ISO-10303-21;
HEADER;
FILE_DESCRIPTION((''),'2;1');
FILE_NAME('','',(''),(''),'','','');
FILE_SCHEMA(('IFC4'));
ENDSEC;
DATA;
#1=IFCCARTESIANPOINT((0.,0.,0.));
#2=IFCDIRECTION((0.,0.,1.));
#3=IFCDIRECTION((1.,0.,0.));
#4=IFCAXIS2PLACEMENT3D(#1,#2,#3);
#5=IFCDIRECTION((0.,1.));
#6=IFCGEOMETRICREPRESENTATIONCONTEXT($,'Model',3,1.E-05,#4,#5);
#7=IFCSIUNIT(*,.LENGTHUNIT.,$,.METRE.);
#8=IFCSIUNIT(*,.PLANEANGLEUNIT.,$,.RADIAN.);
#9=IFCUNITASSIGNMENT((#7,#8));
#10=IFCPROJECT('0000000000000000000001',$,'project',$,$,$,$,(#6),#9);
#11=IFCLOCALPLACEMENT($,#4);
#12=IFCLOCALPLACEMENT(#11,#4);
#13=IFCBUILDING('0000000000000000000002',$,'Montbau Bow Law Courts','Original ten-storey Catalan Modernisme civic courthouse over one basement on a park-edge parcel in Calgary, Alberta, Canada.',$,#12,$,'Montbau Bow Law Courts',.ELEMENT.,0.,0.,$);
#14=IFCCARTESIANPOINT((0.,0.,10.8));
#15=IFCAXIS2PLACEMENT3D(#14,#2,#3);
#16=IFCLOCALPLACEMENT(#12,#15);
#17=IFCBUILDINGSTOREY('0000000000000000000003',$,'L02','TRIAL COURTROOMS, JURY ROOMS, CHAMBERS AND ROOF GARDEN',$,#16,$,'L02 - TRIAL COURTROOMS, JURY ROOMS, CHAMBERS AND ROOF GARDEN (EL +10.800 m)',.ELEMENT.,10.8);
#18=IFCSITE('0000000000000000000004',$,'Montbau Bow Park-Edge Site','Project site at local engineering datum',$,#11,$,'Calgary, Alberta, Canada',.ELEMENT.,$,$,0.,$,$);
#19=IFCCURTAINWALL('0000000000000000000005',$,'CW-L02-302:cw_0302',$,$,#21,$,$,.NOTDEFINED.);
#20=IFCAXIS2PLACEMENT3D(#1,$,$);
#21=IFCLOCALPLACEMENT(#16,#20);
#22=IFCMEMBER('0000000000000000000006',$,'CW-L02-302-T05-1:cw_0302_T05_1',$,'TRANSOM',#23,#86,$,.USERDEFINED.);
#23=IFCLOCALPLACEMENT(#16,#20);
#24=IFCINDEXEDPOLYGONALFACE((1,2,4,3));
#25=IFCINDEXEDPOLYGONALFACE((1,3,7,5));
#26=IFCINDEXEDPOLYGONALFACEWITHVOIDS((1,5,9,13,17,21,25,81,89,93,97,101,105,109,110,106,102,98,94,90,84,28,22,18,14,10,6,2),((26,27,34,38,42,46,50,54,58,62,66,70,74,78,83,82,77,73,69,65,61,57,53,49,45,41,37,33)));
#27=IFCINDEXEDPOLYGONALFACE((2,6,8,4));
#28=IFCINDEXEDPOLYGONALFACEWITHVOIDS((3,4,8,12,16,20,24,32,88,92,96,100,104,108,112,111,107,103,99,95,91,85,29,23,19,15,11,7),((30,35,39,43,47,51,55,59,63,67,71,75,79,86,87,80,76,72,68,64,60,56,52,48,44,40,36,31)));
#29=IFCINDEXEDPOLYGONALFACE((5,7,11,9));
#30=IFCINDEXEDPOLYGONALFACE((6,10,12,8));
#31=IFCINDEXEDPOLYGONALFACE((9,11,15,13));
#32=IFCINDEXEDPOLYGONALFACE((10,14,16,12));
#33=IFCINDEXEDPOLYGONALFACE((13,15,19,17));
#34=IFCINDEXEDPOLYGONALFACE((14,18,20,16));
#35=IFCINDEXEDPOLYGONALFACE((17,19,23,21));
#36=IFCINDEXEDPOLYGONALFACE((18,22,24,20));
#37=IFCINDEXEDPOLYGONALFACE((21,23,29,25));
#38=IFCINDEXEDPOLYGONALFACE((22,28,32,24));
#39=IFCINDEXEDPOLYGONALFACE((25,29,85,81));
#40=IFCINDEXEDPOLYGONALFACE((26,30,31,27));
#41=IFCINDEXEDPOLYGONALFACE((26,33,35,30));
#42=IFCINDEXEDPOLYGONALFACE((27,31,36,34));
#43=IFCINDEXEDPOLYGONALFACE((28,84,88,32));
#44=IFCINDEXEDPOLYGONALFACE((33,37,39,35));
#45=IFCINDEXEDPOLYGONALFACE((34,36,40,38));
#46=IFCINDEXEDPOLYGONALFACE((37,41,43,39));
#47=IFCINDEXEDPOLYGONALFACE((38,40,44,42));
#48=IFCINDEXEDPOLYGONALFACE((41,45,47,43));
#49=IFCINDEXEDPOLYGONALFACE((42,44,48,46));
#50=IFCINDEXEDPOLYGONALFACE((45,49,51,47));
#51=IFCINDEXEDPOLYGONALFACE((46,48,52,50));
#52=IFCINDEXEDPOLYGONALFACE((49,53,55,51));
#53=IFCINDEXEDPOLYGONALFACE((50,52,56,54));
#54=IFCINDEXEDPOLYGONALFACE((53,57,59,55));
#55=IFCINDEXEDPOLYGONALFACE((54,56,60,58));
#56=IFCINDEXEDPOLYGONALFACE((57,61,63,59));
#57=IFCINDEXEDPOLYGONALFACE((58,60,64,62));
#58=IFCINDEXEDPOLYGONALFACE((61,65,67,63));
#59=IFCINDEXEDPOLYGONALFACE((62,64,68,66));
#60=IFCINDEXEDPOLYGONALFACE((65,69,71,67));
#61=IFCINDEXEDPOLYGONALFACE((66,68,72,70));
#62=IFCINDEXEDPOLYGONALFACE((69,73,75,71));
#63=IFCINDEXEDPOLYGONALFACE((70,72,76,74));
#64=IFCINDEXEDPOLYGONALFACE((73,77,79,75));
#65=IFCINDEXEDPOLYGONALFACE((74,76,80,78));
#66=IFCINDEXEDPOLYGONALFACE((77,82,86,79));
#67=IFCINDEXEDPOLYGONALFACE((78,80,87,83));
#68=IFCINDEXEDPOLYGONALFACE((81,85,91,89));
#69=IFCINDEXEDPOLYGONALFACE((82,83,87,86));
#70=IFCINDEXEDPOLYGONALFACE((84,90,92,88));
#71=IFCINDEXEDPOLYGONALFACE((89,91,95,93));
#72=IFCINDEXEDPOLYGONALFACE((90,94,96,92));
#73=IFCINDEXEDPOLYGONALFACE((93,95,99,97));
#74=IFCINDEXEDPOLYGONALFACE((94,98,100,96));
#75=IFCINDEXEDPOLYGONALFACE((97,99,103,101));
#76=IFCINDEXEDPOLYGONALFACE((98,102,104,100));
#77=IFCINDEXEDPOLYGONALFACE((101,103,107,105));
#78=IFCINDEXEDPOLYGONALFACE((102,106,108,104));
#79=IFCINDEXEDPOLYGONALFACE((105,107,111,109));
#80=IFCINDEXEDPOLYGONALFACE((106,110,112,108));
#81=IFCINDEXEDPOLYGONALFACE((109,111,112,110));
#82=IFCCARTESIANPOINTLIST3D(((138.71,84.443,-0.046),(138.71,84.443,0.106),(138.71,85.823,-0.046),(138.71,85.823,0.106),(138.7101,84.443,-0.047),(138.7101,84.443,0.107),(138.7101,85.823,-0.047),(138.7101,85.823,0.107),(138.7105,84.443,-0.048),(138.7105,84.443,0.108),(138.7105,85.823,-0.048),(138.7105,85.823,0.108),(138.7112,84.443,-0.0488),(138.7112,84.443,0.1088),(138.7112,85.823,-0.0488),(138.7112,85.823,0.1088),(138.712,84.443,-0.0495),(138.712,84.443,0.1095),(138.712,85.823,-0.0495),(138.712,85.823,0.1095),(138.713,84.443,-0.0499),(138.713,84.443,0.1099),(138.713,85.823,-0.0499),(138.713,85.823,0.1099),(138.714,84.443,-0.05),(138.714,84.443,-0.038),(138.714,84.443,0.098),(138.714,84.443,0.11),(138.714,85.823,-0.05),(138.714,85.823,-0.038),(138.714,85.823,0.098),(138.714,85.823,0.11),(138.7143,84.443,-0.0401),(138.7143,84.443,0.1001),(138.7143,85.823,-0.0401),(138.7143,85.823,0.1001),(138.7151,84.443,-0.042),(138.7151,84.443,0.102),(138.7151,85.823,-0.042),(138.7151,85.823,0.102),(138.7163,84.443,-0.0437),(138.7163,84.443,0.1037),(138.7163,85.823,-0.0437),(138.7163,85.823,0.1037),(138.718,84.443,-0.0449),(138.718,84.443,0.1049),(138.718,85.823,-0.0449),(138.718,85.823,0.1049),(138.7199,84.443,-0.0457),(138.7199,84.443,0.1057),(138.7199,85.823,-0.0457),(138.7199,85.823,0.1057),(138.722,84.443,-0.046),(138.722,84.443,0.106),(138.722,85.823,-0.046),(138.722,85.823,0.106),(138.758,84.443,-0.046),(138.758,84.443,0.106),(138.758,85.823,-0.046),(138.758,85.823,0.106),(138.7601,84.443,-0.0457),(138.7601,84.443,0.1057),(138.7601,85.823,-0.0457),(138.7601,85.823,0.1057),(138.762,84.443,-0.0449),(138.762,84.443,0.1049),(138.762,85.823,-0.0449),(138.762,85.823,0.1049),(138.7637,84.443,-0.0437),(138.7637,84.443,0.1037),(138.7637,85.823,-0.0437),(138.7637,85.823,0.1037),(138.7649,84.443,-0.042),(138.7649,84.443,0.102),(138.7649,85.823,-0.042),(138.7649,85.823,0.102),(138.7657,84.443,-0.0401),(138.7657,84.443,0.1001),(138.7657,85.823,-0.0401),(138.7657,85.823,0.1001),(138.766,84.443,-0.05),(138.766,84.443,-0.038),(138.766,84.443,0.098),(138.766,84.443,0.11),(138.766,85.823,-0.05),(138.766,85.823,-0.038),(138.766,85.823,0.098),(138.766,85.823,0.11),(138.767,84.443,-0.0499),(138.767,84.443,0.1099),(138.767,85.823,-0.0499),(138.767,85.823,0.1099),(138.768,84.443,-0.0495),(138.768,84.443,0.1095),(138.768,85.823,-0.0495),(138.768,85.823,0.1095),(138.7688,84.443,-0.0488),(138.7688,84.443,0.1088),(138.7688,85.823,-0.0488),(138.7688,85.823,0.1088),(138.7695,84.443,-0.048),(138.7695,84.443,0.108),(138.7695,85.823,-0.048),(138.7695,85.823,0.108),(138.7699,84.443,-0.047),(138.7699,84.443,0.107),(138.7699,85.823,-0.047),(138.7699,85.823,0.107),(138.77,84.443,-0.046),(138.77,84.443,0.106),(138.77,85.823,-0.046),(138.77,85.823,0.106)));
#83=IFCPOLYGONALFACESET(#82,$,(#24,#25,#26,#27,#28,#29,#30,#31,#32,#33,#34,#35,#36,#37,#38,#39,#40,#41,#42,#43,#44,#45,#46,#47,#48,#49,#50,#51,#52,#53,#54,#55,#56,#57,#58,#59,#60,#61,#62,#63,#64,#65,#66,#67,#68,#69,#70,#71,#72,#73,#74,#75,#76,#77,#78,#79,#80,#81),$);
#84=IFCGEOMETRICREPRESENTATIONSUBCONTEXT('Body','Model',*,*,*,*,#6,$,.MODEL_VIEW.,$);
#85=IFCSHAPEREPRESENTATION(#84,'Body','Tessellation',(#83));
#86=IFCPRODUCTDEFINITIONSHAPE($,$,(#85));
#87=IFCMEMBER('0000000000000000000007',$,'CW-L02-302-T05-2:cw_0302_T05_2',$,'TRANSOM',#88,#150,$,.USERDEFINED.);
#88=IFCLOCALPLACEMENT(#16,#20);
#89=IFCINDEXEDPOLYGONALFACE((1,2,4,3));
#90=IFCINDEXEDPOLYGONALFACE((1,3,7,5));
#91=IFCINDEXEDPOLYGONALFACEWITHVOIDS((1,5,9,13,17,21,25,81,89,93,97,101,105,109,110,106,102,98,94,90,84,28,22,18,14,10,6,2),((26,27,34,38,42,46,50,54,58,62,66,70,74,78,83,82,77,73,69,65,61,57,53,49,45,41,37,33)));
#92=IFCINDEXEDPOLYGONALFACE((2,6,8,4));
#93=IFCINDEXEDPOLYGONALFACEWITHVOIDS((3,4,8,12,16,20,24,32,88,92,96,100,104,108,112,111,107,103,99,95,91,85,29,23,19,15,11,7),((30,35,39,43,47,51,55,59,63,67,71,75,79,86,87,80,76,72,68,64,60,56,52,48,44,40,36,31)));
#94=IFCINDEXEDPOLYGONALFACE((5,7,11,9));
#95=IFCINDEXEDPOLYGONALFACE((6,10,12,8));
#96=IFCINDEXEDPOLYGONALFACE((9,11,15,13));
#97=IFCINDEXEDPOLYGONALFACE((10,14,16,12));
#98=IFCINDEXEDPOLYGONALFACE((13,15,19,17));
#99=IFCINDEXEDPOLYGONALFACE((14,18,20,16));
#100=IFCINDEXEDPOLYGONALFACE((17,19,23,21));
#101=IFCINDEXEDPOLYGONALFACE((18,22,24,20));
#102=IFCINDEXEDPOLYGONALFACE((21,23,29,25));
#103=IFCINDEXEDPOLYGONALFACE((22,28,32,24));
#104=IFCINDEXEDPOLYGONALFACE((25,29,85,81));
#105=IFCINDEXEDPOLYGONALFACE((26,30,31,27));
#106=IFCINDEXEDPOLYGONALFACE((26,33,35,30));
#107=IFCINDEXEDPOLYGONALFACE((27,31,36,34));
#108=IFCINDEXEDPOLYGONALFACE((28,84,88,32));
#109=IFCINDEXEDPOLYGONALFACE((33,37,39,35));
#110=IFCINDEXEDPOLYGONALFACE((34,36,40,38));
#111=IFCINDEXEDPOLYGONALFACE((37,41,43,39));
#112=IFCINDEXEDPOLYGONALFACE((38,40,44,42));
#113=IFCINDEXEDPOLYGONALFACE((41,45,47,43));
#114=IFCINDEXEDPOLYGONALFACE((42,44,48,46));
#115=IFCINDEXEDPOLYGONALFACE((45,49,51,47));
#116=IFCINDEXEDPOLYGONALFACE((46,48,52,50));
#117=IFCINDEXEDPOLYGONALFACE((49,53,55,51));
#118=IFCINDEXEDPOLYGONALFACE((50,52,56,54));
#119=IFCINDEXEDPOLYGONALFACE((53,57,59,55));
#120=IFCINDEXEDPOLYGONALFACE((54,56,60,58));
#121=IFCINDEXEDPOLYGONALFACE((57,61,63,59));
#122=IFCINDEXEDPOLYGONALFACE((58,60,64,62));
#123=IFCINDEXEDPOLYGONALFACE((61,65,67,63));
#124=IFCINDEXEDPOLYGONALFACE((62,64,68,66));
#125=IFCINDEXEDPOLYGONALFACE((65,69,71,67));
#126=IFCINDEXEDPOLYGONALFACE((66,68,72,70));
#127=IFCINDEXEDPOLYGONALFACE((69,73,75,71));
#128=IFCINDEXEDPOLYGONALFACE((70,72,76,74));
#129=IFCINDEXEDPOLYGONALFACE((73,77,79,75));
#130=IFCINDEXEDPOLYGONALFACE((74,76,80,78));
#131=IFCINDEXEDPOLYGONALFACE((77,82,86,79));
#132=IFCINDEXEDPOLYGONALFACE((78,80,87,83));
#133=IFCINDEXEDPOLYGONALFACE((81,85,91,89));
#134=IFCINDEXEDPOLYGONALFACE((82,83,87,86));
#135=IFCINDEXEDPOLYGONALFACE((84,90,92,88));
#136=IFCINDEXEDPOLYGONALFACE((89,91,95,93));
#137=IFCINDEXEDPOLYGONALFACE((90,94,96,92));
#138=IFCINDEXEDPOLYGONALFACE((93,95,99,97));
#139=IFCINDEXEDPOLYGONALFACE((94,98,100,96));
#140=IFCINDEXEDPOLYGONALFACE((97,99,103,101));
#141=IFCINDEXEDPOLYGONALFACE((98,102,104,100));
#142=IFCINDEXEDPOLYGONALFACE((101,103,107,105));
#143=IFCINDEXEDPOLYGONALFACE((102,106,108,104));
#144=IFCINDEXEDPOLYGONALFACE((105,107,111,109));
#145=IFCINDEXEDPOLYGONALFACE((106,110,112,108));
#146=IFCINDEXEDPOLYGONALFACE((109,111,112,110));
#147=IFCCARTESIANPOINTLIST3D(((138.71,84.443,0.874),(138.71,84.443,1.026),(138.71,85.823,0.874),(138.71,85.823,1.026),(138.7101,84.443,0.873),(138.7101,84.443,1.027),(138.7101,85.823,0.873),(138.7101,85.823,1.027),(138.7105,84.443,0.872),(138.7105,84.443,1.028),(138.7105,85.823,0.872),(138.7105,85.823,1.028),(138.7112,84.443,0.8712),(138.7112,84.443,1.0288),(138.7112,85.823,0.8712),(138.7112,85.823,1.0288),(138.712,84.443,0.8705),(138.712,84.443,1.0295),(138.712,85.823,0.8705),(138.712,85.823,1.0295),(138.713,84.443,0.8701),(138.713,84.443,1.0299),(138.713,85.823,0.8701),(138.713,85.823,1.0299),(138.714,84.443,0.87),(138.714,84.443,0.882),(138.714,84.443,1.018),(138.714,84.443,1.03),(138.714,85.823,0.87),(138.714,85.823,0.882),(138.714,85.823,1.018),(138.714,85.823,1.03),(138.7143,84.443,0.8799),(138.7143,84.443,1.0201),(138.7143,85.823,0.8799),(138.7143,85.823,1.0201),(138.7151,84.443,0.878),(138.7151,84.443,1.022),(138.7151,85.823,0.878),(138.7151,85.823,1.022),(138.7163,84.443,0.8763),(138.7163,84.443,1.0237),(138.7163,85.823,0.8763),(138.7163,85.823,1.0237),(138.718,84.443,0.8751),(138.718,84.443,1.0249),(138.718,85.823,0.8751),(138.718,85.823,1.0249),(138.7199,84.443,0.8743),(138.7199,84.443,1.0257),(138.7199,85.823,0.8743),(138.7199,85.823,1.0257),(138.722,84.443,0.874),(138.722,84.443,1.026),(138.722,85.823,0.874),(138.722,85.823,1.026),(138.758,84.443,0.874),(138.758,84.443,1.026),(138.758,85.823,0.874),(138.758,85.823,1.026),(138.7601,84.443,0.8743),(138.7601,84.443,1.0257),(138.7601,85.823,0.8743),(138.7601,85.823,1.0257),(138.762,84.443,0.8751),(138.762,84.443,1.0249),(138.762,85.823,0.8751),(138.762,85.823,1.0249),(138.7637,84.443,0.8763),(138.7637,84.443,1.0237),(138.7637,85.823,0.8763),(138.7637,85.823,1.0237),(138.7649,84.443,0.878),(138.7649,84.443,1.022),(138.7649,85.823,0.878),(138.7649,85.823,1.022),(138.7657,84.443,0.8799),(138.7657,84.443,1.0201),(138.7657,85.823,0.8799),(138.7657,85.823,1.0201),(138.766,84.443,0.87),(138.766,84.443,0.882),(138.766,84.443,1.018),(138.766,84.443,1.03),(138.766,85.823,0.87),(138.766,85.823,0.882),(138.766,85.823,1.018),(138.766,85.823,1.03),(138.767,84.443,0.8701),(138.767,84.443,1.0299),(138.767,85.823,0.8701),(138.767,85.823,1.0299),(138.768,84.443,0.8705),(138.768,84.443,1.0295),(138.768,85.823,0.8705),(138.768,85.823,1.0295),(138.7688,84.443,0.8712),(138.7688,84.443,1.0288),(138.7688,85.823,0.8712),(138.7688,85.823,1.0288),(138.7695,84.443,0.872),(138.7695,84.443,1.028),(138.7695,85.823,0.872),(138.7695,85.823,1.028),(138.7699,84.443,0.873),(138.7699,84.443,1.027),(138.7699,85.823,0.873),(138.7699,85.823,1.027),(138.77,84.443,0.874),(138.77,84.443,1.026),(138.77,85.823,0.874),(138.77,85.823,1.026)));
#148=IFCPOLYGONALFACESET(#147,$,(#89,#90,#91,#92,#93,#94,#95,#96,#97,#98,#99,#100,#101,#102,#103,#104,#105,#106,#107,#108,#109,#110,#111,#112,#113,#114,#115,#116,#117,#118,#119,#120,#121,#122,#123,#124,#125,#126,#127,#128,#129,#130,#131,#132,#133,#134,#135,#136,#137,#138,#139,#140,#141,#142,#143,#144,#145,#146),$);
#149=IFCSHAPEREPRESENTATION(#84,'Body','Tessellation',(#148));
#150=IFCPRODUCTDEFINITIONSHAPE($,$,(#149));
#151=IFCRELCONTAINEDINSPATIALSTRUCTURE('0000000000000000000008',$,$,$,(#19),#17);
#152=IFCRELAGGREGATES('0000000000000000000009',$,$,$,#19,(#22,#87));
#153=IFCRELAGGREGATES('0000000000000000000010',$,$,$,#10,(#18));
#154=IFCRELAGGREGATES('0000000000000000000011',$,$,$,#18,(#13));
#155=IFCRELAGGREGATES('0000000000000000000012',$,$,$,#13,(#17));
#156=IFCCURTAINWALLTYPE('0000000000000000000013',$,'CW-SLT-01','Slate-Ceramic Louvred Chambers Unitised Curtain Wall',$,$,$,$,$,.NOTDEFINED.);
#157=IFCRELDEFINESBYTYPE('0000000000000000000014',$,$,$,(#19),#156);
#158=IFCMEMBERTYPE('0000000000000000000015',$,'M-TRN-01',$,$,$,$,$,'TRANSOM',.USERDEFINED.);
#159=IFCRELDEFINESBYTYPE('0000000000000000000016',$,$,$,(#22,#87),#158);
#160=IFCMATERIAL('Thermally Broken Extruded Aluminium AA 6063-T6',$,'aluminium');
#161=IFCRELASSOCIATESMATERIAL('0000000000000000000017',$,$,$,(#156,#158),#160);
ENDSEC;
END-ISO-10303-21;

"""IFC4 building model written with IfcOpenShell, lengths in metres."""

from ifc_helpers import new_model, si_unit, direction, frame, origin_with_axes, origin_2d_with_axis, place, context, subcontext, project, spatial, hollow_rectangle, extrude, material, material_profile, profile_set, type_object, element, aggregate, save


model = new_model("IFC4")

# Units and contexts
model_context = context("Model", 3, precision=1e-05, world=origin_with_axes(), true_north=direction((0.0, 1.0)))
body_context = subcontext(model_context, "Body", "Model", "MODEL_VIEW")
ifc_project = project(units=[si_unit("LENGTHUNIT", "METRE"), si_unit("PLANEANGLEUNIT", "RADIAN")], contexts=[model_context])

# Site, building, storey
site_placement = place(None, origin_with_axes())
site = spatial("IfcSite", under=ifc_project, at=site_placement, Name="Montbau Bow Park-Edge Site", Description="Project site at local engineering datum", LongName="Calgary, Alberta, Canada", CompositionType="ELEMENT", RefElevation=0.0)
building_placement = place(site_placement, origin_with_axes())
building = spatial("IfcBuilding", under=site, at=building_placement, Name="Montbau Bow Law Courts", Description="Original ten-storey Catalan Modernisme civic courthouse over one basement on a park-edge parcel in Calgary, Alberta, Canada.", LongName="Montbau Bow Law Courts", CompositionType="ELEMENT", ElevationOfRefHeight=0.0, ElevationOfTerrain=0.0)
storey_placement = place(building_placement, frame((0.0, 0.0, 10.8), z_axis=(0.0, 0.0, 1.0), x_axis=(1.0, 0.0, 0.0)))
storey = spatial("IfcBuildingStorey", under=building, at=storey_placement, Name="L02", Description="TRIAL COURTROOMS, JURY ROOMS, CHAMBERS AND ROOF GARDEN", LongName="L02 - TRIAL COURTROOMS, JURY ROOMS, CHAMBERS AND ROOF GARDEN (EL +10.800 m)", CompositionType="ELEMENT", Elevation=10.8)

# Curtain wall, members
ifc_material_1 = material(Name="Thermally Broken Extruded Aluminium AA 6063-T6", Category="aluminium")
curtain_wall_type = type_object("IfcCurtainWallType", Name="CW-SLT-01", Description="Slate-Ceramic Louvred Chambers Unitised Curtain Wall", PredefinedType="NOTDEFINED", material=ifc_material_1)
curtain_wall_1_placement = place(None, frame((138.74, 78.515, 10.8), z_axis=(0.0, 0.0, 1.0), x_axis=(1.0, 0.0, 0.0)))
curtain_wall_1 = element("IfcCurtainWall", 1, at=curtain_wall_1_placement, inside=storey, type_object=curtain_wall_type, Name="CW-L02-302:cw_0302", PredefinedType="NOTDEFINED")
ifc_material_profile_1 = material_profile(ifc_material_1, hollow_rectangle(XDim=0.06, YDim=0.16, WallThickness=0.004, InnerFilletRadius=0.008, OuterFilletRadius=0.004, at=origin_2d_with_axis()), Name="CWT-160X60", Category="Main", Priority=0)
ifc_profile_set_1 = profile_set([ifc_material_profile_1], Name="Thermally Broken Extruded Aluminium AA 6063-T6")
member_type_1 = type_object("IfcMemberType", Name="M-TRN-01", ElementType="TRANSOM", PredefinedType="USERDEFINED", material=ifc_profile_set_1)
member_1_placement = place(None, frame((138.74, 84.443, 10.83), z_axis=(0.0, 1.0, 0.0), x_axis=(-1.0, 0.0, 0.0)))
member_1 = element("IfcMember", 2, at=member_1_placement, type_object=member_type_1, Name="CW-L02-302-T05-1:cw_0302_T05_1", ObjectType="TRANSOM", PredefinedType="USERDEFINED", context=body_context, shape_type="SweptSolid", body=[
    extrude(hollow_rectangle(XDim=0.06, YDim=0.16, WallThickness=0.004, InnerFilletRadius=0.008, OuterFilletRadius=0.004, at=origin_2d_with_axis()), origin_with_axes(), (0.0, 0.0, 1.0), 1.38),
])
member_2_placement = place(None, frame((138.74, 84.443, 11.75), z_axis=(0.0, 1.0, 0.0), x_axis=(-1.0, 0.0, 0.0)))
member_2 = element("IfcMember", 3, at=member_2_placement, type_object=member_type_1, Name="CW-L02-302-T05-2:cw_0302_T05_2", ObjectType="TRANSOM", PredefinedType="USERDEFINED", context=body_context, shape_type="SweptSolid", body=[
    extrude(hollow_rectangle(XDim=0.06, YDim=0.16, WallThickness=0.004, InnerFilletRadius=0.008, OuterFilletRadius=0.004, at=origin_2d_with_axis()), origin_with_axes(), (0.0, 0.0, 1.0), 1.38),
])

aggregate(curtain_wall_1, [member_1, member_2])

save(model, "model.ifc")
